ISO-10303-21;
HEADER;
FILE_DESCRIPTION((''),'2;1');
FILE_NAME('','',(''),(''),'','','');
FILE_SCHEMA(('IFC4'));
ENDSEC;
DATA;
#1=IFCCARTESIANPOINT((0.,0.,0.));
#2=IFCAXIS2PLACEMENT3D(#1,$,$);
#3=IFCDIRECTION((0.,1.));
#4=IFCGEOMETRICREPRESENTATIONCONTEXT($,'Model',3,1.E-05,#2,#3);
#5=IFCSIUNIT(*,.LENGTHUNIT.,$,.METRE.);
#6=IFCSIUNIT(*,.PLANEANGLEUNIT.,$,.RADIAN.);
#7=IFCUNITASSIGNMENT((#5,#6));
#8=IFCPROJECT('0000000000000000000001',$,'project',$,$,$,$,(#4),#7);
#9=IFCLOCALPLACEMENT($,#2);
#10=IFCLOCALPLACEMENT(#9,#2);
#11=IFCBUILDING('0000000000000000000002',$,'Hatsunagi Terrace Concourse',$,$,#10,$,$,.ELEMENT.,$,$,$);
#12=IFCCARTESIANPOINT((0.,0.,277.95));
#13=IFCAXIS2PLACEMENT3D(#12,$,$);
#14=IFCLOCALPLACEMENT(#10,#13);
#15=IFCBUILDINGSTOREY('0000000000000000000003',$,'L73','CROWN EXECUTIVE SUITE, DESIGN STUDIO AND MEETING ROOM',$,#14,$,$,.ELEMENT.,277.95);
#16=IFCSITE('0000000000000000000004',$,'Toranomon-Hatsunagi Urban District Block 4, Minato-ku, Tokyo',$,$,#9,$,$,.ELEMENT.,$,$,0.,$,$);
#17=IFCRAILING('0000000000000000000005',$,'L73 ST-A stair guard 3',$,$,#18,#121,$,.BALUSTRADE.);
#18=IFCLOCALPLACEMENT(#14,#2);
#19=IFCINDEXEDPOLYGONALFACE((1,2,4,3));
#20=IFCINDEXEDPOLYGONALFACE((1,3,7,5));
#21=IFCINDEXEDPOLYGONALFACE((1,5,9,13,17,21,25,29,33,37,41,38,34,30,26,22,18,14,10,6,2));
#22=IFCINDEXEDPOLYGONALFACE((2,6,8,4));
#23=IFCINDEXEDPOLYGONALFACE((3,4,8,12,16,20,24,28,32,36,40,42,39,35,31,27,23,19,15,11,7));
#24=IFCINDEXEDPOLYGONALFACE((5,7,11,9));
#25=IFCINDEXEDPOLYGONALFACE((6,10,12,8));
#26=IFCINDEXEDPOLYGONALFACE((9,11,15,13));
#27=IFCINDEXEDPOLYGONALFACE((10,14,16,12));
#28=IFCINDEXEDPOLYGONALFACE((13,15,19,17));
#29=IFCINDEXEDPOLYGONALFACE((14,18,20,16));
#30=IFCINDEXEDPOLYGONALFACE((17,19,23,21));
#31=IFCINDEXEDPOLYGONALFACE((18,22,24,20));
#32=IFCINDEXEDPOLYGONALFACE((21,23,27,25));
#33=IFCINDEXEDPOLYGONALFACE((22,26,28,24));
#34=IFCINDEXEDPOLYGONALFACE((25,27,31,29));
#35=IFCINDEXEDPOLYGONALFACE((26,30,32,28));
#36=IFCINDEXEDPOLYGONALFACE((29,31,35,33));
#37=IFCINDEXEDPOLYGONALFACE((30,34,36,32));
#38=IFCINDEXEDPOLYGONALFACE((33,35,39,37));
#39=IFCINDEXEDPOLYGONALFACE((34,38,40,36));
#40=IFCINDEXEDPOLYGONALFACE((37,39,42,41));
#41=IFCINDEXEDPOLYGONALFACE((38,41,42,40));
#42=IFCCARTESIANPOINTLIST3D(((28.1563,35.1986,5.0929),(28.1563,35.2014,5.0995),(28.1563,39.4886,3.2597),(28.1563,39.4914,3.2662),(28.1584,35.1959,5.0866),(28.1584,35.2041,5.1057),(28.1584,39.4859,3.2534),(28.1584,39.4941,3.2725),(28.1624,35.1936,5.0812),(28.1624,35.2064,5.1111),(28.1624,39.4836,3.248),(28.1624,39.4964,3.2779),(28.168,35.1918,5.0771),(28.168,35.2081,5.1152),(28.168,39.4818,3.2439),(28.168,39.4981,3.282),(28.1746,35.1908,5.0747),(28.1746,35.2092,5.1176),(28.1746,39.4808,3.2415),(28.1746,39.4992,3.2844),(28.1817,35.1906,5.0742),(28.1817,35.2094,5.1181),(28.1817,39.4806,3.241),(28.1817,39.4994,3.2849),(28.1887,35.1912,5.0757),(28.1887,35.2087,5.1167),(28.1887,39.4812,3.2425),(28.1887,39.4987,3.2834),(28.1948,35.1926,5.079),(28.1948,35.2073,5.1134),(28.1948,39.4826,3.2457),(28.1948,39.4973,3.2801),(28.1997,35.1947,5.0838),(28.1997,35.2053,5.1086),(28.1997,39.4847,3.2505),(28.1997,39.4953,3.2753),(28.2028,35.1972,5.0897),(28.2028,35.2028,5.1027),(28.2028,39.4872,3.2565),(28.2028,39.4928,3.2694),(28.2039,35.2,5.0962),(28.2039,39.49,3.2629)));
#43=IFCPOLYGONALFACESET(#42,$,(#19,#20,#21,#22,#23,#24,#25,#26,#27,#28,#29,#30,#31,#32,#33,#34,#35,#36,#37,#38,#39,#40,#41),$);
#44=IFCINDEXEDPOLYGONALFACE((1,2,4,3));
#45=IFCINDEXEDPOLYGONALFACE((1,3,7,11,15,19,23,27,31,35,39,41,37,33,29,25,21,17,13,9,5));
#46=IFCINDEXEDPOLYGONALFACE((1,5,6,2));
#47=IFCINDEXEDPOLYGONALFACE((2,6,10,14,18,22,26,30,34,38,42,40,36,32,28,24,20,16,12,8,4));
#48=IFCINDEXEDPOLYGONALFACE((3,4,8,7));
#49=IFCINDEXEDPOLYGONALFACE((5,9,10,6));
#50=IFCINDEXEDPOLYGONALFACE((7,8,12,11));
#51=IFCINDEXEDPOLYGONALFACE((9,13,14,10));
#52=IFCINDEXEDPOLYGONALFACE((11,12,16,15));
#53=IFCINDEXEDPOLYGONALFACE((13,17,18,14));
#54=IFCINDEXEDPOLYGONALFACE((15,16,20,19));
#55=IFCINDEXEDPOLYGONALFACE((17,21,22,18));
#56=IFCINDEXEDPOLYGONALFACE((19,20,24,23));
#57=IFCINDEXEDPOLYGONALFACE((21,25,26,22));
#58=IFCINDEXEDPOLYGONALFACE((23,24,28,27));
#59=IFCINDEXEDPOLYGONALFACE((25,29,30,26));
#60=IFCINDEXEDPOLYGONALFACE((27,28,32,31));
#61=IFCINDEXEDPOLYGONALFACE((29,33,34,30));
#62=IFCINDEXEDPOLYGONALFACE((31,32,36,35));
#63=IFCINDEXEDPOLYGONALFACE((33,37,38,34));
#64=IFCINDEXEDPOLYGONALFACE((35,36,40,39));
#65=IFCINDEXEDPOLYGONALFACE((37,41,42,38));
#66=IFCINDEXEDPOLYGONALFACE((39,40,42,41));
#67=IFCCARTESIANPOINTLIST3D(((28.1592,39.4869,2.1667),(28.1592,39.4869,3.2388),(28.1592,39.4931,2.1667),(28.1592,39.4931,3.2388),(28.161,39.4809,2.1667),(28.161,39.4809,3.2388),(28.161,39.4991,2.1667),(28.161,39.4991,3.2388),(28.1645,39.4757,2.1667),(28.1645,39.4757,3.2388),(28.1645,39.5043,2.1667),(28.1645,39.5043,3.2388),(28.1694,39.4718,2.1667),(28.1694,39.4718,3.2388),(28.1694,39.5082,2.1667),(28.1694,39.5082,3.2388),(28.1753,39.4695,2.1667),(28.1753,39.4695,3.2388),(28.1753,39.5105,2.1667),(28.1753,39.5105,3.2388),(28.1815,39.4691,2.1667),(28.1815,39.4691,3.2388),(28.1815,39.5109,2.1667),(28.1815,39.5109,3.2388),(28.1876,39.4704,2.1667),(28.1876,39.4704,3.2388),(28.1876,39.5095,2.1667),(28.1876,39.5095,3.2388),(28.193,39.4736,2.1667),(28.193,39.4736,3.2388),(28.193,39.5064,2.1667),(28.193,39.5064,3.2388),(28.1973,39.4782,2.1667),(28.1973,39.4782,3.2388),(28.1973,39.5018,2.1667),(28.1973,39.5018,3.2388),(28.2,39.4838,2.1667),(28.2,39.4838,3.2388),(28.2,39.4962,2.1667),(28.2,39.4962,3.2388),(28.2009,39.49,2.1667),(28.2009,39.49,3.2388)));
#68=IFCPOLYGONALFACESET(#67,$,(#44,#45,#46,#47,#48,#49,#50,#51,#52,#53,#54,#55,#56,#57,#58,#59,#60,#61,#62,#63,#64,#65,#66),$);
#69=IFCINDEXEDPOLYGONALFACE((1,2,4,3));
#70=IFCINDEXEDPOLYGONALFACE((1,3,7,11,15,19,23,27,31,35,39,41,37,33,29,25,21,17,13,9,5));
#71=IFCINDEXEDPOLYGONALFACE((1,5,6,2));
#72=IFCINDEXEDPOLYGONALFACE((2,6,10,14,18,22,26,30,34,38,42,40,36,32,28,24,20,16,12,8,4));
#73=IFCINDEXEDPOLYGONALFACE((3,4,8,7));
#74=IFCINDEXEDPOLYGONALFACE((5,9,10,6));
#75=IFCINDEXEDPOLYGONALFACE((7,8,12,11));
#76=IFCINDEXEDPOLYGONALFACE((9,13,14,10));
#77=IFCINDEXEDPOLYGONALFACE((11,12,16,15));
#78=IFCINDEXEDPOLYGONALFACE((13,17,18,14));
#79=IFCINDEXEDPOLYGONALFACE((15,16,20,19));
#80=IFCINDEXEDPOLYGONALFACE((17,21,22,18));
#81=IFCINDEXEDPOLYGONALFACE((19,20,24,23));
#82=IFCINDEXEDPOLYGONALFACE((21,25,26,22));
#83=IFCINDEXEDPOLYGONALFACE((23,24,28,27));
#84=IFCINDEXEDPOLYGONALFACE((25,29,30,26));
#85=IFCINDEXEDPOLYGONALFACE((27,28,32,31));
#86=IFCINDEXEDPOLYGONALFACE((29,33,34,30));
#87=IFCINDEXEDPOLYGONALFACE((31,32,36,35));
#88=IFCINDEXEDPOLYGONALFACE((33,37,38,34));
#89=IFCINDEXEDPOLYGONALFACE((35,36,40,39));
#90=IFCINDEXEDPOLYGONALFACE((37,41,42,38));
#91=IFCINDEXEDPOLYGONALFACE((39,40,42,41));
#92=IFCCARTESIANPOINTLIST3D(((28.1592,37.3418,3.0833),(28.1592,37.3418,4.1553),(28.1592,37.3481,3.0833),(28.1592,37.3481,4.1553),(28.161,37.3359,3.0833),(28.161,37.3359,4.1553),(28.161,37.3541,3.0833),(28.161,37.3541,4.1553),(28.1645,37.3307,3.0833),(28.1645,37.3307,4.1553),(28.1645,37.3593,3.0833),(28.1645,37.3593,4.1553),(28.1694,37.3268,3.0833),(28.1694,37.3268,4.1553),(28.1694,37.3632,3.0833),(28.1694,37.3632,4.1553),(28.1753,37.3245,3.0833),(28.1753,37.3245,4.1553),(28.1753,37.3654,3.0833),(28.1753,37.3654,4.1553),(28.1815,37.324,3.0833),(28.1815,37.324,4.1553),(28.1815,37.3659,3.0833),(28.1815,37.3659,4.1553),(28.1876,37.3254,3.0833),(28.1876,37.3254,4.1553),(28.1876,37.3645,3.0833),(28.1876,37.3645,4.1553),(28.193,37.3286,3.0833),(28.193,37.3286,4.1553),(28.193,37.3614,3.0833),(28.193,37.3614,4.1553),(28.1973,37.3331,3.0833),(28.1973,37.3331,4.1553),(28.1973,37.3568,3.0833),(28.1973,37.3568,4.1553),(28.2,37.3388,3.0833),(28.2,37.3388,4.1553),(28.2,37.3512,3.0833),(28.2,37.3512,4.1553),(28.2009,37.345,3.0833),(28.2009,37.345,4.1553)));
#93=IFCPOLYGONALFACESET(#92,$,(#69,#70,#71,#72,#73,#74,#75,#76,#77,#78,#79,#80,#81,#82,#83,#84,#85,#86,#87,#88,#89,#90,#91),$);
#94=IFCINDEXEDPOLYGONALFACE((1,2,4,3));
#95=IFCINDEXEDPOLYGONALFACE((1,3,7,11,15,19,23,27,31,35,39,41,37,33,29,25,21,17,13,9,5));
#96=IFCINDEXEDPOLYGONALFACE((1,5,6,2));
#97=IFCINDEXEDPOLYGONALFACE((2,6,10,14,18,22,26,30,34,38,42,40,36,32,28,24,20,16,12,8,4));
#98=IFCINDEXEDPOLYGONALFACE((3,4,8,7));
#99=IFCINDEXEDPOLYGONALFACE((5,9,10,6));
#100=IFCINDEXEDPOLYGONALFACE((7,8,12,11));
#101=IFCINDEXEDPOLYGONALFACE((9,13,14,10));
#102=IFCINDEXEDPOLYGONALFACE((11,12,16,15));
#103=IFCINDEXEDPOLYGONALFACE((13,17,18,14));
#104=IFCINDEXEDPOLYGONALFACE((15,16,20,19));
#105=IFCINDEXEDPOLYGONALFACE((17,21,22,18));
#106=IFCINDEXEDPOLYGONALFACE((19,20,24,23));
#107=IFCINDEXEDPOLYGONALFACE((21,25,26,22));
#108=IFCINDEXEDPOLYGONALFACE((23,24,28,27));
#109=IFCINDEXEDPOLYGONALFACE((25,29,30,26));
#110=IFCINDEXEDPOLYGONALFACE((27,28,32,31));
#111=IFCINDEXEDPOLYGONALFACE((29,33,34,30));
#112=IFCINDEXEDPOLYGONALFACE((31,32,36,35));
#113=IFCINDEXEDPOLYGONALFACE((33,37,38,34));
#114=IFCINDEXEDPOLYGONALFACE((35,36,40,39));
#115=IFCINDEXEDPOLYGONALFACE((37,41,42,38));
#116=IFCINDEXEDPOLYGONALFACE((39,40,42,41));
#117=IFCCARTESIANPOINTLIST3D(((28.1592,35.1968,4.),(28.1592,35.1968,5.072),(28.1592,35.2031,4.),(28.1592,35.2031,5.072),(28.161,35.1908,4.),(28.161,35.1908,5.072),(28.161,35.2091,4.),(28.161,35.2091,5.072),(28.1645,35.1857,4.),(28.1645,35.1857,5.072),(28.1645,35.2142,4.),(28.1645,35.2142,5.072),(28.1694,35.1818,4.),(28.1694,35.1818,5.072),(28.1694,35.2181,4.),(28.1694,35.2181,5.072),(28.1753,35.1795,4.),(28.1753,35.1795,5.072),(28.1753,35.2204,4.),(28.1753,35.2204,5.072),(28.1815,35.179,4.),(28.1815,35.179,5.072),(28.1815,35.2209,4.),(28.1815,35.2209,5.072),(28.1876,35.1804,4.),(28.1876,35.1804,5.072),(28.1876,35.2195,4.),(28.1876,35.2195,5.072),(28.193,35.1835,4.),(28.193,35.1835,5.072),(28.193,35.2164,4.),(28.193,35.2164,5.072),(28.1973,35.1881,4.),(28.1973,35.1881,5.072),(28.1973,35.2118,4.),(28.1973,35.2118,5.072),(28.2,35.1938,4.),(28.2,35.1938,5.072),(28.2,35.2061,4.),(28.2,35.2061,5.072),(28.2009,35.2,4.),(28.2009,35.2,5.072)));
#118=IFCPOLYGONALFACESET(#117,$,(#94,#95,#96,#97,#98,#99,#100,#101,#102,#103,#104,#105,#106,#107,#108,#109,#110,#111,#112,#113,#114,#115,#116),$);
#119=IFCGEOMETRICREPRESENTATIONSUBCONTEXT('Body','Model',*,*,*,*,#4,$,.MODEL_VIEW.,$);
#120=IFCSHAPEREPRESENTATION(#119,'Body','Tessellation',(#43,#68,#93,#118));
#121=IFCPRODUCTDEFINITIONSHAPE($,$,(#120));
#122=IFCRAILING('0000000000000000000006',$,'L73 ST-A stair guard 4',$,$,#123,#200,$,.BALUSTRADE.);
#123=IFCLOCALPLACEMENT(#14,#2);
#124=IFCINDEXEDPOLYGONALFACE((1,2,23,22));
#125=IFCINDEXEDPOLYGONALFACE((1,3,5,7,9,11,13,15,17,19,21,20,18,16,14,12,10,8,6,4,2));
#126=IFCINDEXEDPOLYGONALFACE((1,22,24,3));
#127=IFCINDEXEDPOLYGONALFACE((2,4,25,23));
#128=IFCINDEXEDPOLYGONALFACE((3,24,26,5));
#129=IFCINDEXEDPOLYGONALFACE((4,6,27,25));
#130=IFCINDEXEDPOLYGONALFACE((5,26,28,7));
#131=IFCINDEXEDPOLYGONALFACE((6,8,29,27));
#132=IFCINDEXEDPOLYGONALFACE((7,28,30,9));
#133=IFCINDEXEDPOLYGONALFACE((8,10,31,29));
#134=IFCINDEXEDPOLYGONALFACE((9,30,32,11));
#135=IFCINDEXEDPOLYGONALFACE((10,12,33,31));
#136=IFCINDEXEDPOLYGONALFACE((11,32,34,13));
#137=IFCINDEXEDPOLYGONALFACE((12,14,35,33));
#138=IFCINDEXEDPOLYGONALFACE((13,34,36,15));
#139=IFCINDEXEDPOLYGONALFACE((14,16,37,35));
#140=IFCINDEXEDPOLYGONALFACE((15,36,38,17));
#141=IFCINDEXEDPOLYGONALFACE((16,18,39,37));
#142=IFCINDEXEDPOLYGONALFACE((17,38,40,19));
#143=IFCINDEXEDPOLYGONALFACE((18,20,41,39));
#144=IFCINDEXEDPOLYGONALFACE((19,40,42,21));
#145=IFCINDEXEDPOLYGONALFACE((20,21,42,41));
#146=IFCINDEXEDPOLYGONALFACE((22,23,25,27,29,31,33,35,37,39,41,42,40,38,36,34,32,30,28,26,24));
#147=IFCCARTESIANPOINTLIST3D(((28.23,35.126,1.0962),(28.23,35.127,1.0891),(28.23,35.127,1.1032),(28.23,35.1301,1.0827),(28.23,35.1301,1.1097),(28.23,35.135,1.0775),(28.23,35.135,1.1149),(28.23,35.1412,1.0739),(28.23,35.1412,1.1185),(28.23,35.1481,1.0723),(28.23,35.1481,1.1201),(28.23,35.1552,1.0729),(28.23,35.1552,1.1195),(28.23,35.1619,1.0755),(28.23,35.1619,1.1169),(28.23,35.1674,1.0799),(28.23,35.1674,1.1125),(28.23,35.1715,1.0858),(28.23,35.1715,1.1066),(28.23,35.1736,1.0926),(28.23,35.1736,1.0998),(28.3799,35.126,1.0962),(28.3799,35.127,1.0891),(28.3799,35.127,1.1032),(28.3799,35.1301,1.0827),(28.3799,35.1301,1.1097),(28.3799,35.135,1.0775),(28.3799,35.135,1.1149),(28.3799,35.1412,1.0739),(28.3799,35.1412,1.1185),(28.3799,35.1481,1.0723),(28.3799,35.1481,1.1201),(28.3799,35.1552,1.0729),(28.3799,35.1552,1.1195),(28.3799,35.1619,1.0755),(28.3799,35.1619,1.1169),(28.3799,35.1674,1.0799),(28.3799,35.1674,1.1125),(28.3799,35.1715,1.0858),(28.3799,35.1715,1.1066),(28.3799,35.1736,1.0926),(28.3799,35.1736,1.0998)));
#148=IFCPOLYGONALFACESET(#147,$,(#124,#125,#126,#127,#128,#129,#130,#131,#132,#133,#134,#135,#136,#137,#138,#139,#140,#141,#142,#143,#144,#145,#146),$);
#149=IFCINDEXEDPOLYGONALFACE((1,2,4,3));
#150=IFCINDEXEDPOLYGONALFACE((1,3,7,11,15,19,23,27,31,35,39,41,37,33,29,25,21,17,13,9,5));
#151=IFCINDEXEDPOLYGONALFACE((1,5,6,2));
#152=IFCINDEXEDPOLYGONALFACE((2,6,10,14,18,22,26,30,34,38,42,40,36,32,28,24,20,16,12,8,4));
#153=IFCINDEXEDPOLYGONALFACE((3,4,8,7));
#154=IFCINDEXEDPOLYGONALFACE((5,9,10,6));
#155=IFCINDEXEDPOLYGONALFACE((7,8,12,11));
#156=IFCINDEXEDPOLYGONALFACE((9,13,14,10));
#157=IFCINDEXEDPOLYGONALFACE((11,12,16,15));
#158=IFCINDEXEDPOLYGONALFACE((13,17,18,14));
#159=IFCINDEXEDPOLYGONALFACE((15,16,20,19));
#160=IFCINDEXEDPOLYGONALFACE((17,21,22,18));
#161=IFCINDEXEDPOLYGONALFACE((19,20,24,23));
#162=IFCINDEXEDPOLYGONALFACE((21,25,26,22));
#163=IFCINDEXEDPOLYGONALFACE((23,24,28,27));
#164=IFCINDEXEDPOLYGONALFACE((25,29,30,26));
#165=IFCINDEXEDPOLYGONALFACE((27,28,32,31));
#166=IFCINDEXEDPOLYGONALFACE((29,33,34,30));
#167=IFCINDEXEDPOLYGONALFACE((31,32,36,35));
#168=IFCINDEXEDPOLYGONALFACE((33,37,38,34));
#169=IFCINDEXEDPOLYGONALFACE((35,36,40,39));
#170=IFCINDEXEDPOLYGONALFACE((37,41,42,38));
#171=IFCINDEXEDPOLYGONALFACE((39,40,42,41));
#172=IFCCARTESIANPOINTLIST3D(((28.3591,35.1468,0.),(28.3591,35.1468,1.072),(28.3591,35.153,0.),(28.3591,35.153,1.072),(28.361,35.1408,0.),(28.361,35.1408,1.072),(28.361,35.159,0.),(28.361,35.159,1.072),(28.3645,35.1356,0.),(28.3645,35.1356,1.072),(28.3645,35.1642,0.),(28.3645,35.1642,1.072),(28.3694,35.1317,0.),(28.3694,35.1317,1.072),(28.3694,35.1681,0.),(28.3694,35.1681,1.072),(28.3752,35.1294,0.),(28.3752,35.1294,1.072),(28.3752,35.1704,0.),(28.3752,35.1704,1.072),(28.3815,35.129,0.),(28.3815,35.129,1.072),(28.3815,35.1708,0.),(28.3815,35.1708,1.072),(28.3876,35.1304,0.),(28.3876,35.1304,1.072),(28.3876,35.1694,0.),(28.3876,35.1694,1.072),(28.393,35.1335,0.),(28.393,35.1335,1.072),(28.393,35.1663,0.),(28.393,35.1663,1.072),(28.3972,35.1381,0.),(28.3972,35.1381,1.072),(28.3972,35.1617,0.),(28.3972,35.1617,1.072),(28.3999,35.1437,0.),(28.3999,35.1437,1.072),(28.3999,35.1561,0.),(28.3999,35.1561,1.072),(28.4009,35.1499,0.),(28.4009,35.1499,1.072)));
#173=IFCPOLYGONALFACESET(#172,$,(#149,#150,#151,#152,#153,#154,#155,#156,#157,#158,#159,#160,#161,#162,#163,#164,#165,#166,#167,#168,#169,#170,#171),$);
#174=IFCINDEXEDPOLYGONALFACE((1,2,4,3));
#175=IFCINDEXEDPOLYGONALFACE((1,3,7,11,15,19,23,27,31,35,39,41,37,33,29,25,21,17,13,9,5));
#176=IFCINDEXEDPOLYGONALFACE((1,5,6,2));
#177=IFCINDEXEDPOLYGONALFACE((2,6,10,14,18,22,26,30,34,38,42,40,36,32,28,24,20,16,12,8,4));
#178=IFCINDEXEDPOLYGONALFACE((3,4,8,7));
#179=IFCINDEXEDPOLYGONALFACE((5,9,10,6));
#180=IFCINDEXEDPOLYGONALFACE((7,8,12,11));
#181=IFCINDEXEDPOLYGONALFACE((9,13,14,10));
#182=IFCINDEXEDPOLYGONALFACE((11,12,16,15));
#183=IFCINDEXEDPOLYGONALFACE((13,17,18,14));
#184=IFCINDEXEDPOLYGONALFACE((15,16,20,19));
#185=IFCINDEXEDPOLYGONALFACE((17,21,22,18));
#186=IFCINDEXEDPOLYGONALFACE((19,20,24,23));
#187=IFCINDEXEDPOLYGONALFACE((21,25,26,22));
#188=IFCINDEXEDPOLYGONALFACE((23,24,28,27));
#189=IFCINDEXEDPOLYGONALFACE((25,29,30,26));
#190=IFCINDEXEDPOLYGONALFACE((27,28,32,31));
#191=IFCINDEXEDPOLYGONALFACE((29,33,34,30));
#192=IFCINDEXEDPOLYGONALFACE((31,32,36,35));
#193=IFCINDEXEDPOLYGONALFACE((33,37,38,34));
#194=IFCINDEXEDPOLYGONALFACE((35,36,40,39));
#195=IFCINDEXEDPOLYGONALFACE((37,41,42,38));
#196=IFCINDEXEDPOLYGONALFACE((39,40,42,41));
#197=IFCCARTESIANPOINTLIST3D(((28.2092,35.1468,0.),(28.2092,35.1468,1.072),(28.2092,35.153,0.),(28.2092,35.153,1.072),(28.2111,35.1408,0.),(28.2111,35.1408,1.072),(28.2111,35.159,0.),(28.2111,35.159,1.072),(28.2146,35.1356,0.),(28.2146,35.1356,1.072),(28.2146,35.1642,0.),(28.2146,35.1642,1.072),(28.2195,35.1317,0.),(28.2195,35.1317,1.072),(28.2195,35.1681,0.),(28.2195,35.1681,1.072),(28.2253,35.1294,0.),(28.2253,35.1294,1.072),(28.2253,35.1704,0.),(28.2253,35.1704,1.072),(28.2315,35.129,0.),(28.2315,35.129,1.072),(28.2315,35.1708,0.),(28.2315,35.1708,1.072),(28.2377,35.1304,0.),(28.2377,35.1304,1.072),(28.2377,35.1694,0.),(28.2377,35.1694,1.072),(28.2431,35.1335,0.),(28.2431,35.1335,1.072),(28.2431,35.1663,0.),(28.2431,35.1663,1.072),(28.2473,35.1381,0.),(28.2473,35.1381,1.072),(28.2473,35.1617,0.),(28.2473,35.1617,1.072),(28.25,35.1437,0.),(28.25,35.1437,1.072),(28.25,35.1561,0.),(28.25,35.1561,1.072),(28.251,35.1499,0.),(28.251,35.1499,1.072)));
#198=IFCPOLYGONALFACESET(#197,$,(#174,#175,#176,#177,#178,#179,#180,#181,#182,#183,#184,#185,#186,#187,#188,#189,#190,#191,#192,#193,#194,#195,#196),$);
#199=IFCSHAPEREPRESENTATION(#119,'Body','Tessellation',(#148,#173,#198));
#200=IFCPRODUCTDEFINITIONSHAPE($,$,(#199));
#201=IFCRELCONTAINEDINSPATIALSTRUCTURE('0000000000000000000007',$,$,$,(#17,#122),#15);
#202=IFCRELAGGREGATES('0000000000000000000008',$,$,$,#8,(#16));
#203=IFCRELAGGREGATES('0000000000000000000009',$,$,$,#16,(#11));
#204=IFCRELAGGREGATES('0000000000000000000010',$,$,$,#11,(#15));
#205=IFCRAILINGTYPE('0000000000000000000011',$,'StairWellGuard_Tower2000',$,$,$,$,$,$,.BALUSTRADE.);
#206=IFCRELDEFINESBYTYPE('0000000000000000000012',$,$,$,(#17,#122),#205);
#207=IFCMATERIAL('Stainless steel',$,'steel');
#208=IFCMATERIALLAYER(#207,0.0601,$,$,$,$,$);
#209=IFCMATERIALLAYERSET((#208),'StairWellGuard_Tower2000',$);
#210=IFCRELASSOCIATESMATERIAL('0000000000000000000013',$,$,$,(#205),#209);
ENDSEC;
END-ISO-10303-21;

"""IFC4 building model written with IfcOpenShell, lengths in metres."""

from ifc_helpers import new_model, si_unit, direction, frame, origin, origin_2d, place, context, subcontext, project, spatial, circle, extrude, material, layer, layer_set, type_object, element, save


model = new_model("IFC4")

# Units and contexts
model_context = context("Model", 3, precision=1e-05, world=origin(), true_north=direction((0.0, 1.0)))
body_context = subcontext(model_context, "Body", "Model", "MODEL_VIEW")
ifc_project = project(units=[si_unit("LENGTHUNIT", "METRE"), si_unit("PLANEANGLEUNIT", "RADIAN")], contexts=[model_context])

# Site, building, storey
site_placement = place(None, origin())
site = spatial("IfcSite", under=ifc_project, at=site_placement, Name="Toranomon-Hatsunagi Urban District Block 4, Minato-ku, Tokyo", CompositionType="ELEMENT", RefElevation=0.0)
building_placement = place(site_placement, origin())
building = spatial("IfcBuilding", under=site, at=building_placement, Name="Hatsunagi Terrace Concourse", CompositionType="ELEMENT")
storey_placement = place(building_placement, frame((0.0, 0.0, 277.95)))
storey = spatial("IfcBuildingStorey", under=building, at=storey_placement, Name="L73", Description="CROWN EXECUTIVE SUITE, DESIGN STUDIO AND MEETING ROOM", CompositionType="ELEMENT", Elevation=277.95)

# Railings
ifc_material_1 = material(Name="Stainless steel", Category="steel")
ifc_layer_1 = layer(ifc_material_1, 0.0601)
ifc_layer_set_1 = layer_set([ifc_layer_1], Name="StairWellGuard_Tower2000")
railing_type_1 = type_object("IfcRailingType", Name="StairWellGuard_Tower2000", PredefinedType="BALUSTRADE", material=ifc_layer_set_1)
railing_1_placement = place(storey_placement, frame((28.1799, 39.49, 2.1667)))
element("IfcRailing", 1, at=railing_1_placement, inside=storey, type_object=railing_type_1, Name="L73 ST-A stair guard 3", PredefinedType="BALUSTRADE", context=body_context, shape_type="SweptSolid", body=[
    extrude(circle(Radius=0.0239, at=origin_2d()), frame((0.0, 0.0, 1.0962), z_axis=(0.0, -0.919559, 0.392953), x_axis=(1.0, 0.0, 0.0)), (0.0, 0.0, 1.0), 4.6653),
    extrude(circle(Radius=0.021, at=origin_2d()), origin(), (0.0, 0.0, 1.0), 1.072),
    extrude(circle(Radius=0.021, at=origin_2d()), frame((0.0, -2.145, 0.9165)), (0.0, 0.0, 1.0), 1.072),
    extrude(circle(Radius=0.021, at=origin_2d()), frame((0.0, -4.29, 1.8333)), (0.0, 0.0, 1.0), 1.072),
])
railing_2_placement = place(storey_placement, frame((28.3799, 35.1499, 0.0)))
element("IfcRailing", 2, at=railing_2_placement, inside=storey, type_object=railing_type_1, Name="L73 ST-A stair guard 4", PredefinedType="BALUSTRADE", context=body_context, shape_type="SweptSolid", body=[
    extrude(circle(Radius=0.0239, at=origin_2d()), frame((0.0, 0.0, 1.0962), z_axis=(-1.0, 0.0, 0.0), x_axis=(0.0, -1.0, 0.0)), (0.0, 0.0, 1.0), 0.1499),
    extrude(circle(Radius=0.021, at=origin_2d()), origin(), (0.0, 0.0, 1.0), 1.072),
    extrude(circle(Radius=0.021, at=origin_2d()), frame((-0.1499, 0.0, 0.0)), (0.0, 0.0, 1.0), 1.072),
])

save(model, "model.ifc")
